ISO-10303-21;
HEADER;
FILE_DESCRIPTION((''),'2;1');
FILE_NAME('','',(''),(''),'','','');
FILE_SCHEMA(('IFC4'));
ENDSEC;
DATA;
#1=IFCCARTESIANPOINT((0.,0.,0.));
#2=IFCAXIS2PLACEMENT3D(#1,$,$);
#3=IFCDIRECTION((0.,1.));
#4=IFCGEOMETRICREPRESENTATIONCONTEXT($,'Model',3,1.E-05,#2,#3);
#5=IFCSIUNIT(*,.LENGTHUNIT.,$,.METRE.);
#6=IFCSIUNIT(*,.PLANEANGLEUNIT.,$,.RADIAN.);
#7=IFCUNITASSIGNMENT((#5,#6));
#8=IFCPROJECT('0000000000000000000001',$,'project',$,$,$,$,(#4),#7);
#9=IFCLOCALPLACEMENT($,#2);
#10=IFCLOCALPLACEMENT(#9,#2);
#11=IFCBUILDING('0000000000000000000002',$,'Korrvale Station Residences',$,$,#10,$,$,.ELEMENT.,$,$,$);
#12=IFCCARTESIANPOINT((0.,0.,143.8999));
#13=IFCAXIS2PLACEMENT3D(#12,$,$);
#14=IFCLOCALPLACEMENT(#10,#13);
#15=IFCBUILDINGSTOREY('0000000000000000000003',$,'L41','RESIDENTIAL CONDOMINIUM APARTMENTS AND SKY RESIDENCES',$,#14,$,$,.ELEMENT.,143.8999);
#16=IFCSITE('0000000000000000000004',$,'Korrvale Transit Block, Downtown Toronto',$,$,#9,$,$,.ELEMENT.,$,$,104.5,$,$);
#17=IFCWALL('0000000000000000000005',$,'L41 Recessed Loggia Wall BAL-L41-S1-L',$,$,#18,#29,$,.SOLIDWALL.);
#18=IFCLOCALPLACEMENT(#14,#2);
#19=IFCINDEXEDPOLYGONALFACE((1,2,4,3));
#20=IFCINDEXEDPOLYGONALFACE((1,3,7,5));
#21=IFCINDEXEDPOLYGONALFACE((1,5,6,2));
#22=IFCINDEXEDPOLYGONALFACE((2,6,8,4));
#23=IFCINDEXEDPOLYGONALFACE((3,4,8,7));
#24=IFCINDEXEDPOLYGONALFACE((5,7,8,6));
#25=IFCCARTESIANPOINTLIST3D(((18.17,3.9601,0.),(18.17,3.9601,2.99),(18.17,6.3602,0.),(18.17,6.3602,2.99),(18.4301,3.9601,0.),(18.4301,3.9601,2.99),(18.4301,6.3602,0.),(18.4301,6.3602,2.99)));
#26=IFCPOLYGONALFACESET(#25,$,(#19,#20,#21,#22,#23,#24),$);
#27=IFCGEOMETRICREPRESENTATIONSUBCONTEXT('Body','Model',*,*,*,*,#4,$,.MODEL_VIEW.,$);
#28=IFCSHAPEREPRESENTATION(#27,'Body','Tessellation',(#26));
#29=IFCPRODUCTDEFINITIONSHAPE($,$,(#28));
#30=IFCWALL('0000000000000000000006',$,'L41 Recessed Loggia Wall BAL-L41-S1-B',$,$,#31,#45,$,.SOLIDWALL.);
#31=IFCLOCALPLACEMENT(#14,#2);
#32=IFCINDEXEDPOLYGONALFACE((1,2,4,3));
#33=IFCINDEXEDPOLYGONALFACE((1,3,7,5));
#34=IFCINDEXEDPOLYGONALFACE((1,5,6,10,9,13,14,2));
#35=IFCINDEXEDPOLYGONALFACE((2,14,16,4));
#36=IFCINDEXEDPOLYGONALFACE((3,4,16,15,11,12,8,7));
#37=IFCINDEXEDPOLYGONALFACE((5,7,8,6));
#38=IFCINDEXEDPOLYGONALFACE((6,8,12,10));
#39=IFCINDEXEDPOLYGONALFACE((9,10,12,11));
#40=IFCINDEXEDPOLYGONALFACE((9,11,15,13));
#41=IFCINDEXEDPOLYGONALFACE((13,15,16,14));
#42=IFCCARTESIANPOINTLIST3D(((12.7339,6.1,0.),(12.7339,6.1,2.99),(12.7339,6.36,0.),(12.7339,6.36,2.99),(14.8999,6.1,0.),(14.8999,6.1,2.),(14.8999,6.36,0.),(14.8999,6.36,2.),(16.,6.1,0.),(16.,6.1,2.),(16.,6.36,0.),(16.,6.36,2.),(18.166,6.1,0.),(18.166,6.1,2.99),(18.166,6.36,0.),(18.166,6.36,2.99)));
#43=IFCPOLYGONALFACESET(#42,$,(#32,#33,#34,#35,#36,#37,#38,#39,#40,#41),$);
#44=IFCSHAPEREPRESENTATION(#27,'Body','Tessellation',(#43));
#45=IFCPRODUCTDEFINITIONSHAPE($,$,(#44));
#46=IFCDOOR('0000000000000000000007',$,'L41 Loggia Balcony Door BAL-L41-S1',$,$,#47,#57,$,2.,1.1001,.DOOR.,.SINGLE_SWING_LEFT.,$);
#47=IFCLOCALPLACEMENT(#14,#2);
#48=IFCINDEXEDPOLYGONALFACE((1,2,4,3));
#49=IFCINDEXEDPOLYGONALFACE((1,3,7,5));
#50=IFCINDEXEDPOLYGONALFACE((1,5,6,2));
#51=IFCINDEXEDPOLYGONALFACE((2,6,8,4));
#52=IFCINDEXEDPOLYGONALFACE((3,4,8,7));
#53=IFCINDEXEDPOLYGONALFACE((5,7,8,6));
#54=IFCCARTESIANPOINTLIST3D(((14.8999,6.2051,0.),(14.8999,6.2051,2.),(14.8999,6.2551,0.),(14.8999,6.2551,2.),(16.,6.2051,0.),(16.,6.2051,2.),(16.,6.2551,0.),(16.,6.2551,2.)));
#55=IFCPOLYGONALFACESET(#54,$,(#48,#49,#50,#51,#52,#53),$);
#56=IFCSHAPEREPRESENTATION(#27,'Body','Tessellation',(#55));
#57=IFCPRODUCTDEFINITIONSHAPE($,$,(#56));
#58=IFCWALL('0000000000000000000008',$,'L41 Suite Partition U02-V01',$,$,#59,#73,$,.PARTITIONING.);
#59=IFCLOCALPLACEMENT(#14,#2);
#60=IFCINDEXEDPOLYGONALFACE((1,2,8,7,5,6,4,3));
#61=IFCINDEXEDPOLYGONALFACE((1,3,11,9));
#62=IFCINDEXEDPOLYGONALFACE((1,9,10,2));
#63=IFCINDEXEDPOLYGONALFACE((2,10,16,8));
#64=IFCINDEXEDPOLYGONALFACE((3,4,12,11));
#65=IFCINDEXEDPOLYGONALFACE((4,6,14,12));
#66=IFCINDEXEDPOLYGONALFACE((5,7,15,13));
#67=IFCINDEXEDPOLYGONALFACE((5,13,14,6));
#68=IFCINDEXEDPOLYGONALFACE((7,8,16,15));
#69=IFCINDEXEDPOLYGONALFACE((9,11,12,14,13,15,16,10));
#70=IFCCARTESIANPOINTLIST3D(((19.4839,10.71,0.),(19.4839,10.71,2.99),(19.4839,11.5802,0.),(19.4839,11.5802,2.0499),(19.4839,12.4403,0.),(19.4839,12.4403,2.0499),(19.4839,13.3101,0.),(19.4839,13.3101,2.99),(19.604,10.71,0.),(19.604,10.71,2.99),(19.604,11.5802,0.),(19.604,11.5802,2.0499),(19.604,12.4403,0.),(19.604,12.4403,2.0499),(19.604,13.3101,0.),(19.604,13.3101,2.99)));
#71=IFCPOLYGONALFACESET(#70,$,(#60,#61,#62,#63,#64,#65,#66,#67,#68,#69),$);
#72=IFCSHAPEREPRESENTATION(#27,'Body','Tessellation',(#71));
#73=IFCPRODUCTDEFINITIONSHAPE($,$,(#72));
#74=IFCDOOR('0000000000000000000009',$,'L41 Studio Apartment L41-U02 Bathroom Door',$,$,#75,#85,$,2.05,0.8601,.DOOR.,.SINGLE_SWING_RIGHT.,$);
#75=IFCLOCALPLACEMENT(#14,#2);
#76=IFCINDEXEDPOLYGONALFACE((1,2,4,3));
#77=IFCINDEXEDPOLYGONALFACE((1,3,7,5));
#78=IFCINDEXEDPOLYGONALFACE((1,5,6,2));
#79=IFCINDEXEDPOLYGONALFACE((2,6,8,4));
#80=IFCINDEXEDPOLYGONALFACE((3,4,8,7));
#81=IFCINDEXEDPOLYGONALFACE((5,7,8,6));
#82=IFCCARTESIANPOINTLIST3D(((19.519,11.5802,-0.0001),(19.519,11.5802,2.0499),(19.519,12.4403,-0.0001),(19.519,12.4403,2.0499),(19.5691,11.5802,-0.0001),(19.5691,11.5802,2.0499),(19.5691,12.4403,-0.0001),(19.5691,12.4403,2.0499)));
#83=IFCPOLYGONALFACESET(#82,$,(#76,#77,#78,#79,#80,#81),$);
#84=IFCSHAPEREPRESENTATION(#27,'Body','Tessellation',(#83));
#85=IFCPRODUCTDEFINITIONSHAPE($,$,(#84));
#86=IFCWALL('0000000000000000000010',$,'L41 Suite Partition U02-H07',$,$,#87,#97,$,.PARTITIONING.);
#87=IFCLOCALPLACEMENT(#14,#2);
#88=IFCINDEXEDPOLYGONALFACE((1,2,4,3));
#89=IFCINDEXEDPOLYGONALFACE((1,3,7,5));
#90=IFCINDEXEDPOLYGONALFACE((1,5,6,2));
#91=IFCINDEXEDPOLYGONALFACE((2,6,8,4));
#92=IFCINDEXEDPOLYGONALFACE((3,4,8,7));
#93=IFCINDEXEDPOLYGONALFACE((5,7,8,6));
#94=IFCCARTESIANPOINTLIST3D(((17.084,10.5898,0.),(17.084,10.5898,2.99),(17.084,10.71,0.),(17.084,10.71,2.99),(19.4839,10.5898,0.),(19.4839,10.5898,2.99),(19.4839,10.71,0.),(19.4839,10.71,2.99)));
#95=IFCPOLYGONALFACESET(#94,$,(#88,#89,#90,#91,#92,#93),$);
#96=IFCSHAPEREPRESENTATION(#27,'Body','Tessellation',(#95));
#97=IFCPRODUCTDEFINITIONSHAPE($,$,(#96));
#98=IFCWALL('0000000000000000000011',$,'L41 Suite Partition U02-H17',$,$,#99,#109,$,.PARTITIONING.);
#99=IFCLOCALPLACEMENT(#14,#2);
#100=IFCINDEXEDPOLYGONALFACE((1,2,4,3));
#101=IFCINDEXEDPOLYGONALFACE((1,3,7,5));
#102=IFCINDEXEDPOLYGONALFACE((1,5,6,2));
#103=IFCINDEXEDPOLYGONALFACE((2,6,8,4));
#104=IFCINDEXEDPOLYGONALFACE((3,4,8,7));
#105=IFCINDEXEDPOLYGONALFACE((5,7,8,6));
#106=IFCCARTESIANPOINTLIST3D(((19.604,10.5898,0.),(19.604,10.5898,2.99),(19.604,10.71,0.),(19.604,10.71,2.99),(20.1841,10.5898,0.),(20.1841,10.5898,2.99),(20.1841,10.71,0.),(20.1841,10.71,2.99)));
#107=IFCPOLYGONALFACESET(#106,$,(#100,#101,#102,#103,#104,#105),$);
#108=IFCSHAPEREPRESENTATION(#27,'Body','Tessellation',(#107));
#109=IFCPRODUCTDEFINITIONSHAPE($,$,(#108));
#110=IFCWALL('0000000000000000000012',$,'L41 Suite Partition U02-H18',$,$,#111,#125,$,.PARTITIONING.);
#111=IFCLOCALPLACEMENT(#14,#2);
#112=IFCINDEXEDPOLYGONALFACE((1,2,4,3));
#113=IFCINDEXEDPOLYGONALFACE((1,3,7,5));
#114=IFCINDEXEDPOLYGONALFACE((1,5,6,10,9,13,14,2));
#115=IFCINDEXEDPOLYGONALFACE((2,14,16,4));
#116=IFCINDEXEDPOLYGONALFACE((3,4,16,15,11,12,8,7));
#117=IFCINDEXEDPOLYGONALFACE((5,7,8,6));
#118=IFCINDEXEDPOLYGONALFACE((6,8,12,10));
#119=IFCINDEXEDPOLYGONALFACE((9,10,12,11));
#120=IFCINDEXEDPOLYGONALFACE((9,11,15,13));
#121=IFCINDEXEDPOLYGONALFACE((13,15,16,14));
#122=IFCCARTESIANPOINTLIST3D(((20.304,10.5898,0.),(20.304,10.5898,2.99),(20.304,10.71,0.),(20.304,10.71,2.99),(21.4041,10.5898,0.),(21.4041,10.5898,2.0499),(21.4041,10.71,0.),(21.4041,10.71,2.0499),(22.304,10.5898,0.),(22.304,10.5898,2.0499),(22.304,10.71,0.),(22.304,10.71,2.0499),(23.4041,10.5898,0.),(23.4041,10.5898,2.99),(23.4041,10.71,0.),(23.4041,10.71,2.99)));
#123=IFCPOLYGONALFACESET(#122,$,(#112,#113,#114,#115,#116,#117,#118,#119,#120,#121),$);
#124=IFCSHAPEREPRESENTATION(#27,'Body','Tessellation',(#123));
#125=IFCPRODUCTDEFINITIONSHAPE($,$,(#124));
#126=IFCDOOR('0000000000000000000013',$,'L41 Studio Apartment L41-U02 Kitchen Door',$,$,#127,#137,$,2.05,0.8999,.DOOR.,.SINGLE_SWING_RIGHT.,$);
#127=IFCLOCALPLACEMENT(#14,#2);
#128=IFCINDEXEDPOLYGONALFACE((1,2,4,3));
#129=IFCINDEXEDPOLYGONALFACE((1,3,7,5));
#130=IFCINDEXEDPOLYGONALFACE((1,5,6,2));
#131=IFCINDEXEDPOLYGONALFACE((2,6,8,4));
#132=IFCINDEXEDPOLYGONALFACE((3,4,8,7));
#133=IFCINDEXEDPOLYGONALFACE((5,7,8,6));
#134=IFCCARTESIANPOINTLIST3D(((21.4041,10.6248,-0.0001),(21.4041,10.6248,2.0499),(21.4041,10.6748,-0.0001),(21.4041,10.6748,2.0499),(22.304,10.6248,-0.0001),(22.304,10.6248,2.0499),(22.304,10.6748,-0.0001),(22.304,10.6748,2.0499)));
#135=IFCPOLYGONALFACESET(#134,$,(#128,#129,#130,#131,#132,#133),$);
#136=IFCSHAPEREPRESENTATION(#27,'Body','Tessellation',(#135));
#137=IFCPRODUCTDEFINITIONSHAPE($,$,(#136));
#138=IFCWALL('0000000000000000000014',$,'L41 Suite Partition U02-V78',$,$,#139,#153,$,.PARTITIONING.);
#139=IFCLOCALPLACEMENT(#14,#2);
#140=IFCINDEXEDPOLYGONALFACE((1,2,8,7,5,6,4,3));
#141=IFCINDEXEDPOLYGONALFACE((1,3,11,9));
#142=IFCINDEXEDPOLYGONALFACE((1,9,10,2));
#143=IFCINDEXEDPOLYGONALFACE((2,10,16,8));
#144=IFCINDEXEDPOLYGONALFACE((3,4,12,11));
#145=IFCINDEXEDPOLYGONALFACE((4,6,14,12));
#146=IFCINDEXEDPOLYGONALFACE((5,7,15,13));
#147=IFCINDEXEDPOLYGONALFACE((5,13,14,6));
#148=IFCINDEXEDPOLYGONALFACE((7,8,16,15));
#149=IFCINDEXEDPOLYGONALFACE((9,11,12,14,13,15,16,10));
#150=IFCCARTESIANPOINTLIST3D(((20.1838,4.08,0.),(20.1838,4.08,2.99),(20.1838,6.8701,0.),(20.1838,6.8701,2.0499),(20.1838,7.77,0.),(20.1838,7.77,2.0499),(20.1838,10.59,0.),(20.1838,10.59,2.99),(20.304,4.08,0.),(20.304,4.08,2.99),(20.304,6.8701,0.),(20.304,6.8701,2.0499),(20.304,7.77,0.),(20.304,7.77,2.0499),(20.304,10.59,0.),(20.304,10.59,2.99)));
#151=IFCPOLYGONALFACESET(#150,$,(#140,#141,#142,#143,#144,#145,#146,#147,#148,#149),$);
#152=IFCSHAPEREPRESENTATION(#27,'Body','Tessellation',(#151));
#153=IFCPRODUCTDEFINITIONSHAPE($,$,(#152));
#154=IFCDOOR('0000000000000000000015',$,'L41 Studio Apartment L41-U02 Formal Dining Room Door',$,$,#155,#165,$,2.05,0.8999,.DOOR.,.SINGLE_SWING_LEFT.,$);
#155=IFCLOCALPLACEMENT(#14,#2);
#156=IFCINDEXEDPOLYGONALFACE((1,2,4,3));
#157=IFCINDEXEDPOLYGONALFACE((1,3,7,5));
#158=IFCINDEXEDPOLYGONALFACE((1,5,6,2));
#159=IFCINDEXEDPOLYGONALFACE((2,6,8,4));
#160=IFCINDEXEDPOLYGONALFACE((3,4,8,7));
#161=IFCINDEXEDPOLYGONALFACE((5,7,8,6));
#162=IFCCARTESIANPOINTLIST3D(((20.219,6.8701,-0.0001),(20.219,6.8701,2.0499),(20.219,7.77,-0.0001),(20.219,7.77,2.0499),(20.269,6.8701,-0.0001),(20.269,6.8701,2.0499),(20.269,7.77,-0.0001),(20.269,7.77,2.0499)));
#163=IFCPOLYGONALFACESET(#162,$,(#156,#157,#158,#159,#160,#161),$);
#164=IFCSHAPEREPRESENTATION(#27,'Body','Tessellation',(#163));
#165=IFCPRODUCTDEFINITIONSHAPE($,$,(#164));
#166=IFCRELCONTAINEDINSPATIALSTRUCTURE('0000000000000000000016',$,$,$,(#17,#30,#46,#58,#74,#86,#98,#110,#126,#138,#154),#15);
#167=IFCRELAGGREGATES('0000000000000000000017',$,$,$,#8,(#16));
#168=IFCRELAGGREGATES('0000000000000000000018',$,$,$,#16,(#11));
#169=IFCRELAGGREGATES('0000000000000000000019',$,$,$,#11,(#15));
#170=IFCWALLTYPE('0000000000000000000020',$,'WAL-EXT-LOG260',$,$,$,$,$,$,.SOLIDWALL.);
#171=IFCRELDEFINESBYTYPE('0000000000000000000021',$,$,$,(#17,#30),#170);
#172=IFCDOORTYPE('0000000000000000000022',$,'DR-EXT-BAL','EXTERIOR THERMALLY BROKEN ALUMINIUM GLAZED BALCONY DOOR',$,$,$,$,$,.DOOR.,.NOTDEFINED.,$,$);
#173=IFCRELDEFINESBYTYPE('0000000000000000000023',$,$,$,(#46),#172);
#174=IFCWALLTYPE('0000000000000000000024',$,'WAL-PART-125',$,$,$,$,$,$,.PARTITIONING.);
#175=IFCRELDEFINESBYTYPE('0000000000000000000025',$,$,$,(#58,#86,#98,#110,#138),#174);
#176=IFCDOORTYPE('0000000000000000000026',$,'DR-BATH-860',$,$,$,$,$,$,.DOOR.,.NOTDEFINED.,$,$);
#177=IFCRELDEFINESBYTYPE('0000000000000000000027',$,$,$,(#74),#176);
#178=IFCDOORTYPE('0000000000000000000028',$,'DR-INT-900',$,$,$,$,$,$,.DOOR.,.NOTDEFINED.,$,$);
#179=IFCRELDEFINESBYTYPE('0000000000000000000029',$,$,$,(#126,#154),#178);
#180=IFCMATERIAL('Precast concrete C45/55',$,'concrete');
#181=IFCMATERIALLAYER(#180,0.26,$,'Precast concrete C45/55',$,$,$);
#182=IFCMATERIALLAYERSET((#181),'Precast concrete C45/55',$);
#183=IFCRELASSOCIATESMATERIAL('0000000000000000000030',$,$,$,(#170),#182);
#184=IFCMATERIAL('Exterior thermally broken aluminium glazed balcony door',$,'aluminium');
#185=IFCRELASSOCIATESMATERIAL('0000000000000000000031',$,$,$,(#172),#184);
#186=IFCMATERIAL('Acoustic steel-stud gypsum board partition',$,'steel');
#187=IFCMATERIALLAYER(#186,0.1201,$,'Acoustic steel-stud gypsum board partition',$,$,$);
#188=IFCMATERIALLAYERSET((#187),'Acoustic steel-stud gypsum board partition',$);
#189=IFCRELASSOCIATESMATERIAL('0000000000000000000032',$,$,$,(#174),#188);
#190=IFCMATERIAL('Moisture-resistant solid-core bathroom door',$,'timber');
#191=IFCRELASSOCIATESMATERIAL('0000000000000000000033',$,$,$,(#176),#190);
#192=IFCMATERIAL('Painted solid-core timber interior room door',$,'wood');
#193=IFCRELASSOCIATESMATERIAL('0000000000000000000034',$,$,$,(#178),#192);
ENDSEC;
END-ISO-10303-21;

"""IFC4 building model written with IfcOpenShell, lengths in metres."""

from ifc_helpers import new_model, si_unit, direction, frame, frame_2d, origin, place, context, subcontext, project, spatial, rectangle, extrude, material, layer, layer_set, type_object, element, fill, save


model = new_model("IFC4")

# Units and contexts
model_context = context("Model", 3, precision=1e-05, world=origin(), true_north=direction((0.0, 1.0)))
body_context = subcontext(model_context, "Body", "Model", "MODEL_VIEW")
ifc_project = project(units=[si_unit("LENGTHUNIT", "METRE"), si_unit("PLANEANGLEUNIT", "RADIAN")], contexts=[model_context])

# Site, building, storey
site_placement = place(None, origin())
site = spatial("IfcSite", under=ifc_project, at=site_placement, Name="Korrvale Transit Block, Downtown Toronto", CompositionType="ELEMENT", RefElevation=104.5)
building_placement = place(site_placement, origin())
building = spatial("IfcBuilding", under=site, at=building_placement, Name="Korrvale Station Residences", CompositionType="ELEMENT")
storey_placement = place(building_placement, frame((0.0, 0.0, 143.8999)))
storey = spatial("IfcBuildingStorey", under=building, at=storey_placement, Name="L41", Description="RESIDENTIAL CONDOMINIUM APARTMENTS AND SKY RESIDENCES", CompositionType="ELEMENT", Elevation=143.8999)

# Wall
ifc_material_1 = material(Name="Precast concrete C45/55", Category="concrete")
ifc_layer_1 = layer(ifc_material_1, 0.26, Name="Precast concrete C45/55")
ifc_layer_set_1 = layer_set([ifc_layer_1], Name="Precast concrete C45/55")
wall_type_1 = type_object("IfcWallType", Name="WAL-EXT-LOG260", PredefinedType="SOLIDWALL", material=ifc_layer_set_1)
wall_1_placement = place(storey_placement, frame((18.3, 3.96, 0.0), z_axis=(0.0, 0.0, 1.0), x_axis=(0.0, 1.0, 0.0)))
element("IfcWall", 1, at=wall_1_placement, inside=storey, type_object=wall_type_1, Name="L41 Recessed Loggia Wall BAL-L41-S1-L", PredefinedType="SOLIDWALL", context=body_context, shape_type="SweptSolid", body=[
    extrude(rectangle(XDim=2.4001, YDim=0.26, at=frame_2d((1.2002, 0.0))), origin(), (0.0, 0.0, 1.0), 2.99),
])

# Walls, openings, doors
wall_2_placement = place(storey_placement, frame((18.166, 6.23, 0.0), z_axis=(0.0, 0.0, 1.0), x_axis=(-1.0, 0.0, 0.0)))
wall_2 = element("IfcWall", 2, at=wall_2_placement, inside=storey, type_object=wall_type_1, Name="L41 Recessed Loggia Wall BAL-L41-S1-B", PredefinedType="SOLIDWALL", context=body_context, shape_type="SweptSolid", body=[
    extrude(rectangle(XDim=5.4321, YDim=0.26, at=frame_2d((2.7161, 0.0))), origin(), (0.0, 0.0, 1.0), 2.99),
])
opening_1_placement = place(wall_2_placement, frame((2.166, 0.0, 0.0)))
opening_1 = element("IfcOpeningElement", 3, at=opening_1_placement, cuts=wall_2, PredefinedType="OPENING", context=body_context, shape_type="SweptSolid", body=[
    extrude(rectangle(XDim=1.1001, YDim=2.0, at=frame_2d((0.55, 1.0))), frame((0.0, 0.1401, 0.0), z_axis=(0.0, -1.0, 0.0), x_axis=(1.0, 0.0, 0.0)), (0.0, 0.0, 1.0), 0.28),
])
ifc_material_2 = material(Name="Exterior thermally broken aluminium glazed balcony door", Category="aluminium")
door_type_1 = type_object("IfcDoorType", Name="DR-EXT-BAL", Description="EXTERIOR THERMALLY BROKEN ALUMINIUM GLAZED BALCONY DOOR", OperationType="NOTDEFINED", PredefinedType="DOOR", material=ifc_material_2)
door_1_placement = place(opening_1_placement, origin())
door_1 = element("IfcDoor", 4, at=door_1_placement, inside=storey, type_object=door_type_1, Name="L41 Loggia Balcony Door BAL-L41-S1", OperationType="SINGLE_SWING_LEFT", OverallHeight=2.0, OverallWidth=1.1001, PredefinedType="DOOR", context=body_context, shape_type="SweptSolid", body=[
    extrude(rectangle(XDim=1.1001, YDim=2.0, at=frame_2d((0.55, 1.0))), frame((0.0, 0.0249, 0.0), z_axis=(0.0, -1.0, 0.0), x_axis=(1.0, 0.0, 0.0)), (0.0, 0.0, 1.0), 0.05),
])
fill(opening_1, door_1)
ifc_material_3 = material(Name="Acoustic steel-stud gypsum board partition", Category="steel")
ifc_layer_2 = layer(ifc_material_3, 0.1201, Name="Acoustic steel-stud gypsum board partition")
ifc_layer_set_2 = layer_set([ifc_layer_2], Name="Acoustic steel-stud gypsum board partition")
wall_type_2 = type_object("IfcWallType", Name="WAL-PART-125", PredefinedType="PARTITIONING", material=ifc_layer_set_2)
wall_3_placement = place(storey_placement, frame((19.5439, 10.71, 0.0), z_axis=(0.0, 0.0, 1.0), x_axis=(0.0, 1.0, 0.0)))
wall_3 = element("IfcWall", 5, at=wall_3_placement, inside=storey, type_object=wall_type_2, Name="L41 Suite Partition U02-V01", PredefinedType="PARTITIONING", context=body_context, shape_type="SweptSolid", body=[
    extrude(rectangle(XDim=2.6001, YDim=0.1201, at=frame_2d((1.3, 0.0))), origin(), (0.0, 0.0, 1.0), 2.99),
])
opening_2_placement = place(wall_3_placement, frame((0.8701, 0.0, 0.0)))
opening_2 = element("IfcOpeningElement", 6, at=opening_2_placement, cuts=wall_3, PredefinedType="OPENING", context=body_context, shape_type="SweptSolid", body=[
    extrude(rectangle(XDim=0.8601, YDim=2.05, at=frame_2d((0.4302, 1.0249))), frame((0.0, 0.0701, 0.0), z_axis=(0.0, -1.0, 0.0), x_axis=(1.0, 0.0, 0.0)), (0.0, 0.0, 1.0), 0.1401),
])
ifc_material_4 = material(Name="Moisture-resistant solid-core bathroom door", Category="timber")
door_type_2 = type_object("IfcDoorType", Name="DR-BATH-860", OperationType="NOTDEFINED", PredefinedType="DOOR", material=ifc_material_4)
door_2_placement = place(opening_2_placement, origin())
door_2 = element("IfcDoor", 7, at=door_2_placement, inside=storey, type_object=door_type_2, Name="L41 Studio Apartment L41-U02 Bathroom Door", OperationType="SINGLE_SWING_RIGHT", OverallHeight=2.05, OverallWidth=0.8601, PredefinedType="DOOR", context=body_context, shape_type="SweptSolid", body=[
    extrude(rectangle(XDim=0.8601, YDim=2.05, at=frame_2d((0.4302, 1.0249))), frame((0.0, 0.0249, 0.0), z_axis=(0.0, -1.0, 0.0), x_axis=(1.0, 0.0, 0.0)), (0.0, 0.0, 1.0), 0.05),
])
fill(opening_2, door_2)

# Walls
wall_4_placement = place(storey_placement, frame((17.084, 10.6499, 0.0), z_axis=(0.0, 0.0, 1.0), x_axis=(1.0, 0.0, 0.0)))
element("IfcWall", 8, at=wall_4_placement, inside=storey, type_object=wall_type_2, Name="L41 Suite Partition U02-H07", PredefinedType="PARTITIONING", context=body_context, shape_type="SweptSolid", body=[
    extrude(rectangle(XDim=2.3999, YDim=0.1201, at=frame_2d((1.2, 0.0))), origin(), (0.0, 0.0, 1.0), 2.99),
])
wall_5_placement = place(storey_placement, frame((19.604, 10.6499, 0.0), z_axis=(0.0, 0.0, 1.0), x_axis=(1.0, 0.0, 0.0)))
element("IfcWall", 9, at=wall_5_placement, inside=storey, type_object=wall_type_2, Name="L41 Suite Partition U02-H17", PredefinedType="PARTITIONING", context=body_context, shape_type="SweptSolid", body=[
    extrude(rectangle(XDim=0.5801, YDim=0.1201, at=frame_2d((0.29, 0.0))), origin(), (0.0, 0.0, 1.0), 2.99),
])

# Walls, openings, doors
wall_6_placement = place(storey_placement, frame((20.304, 10.6499, 0.0), z_axis=(0.0, 0.0, 1.0), x_axis=(1.0, 0.0, 0.0)))
wall_6 = element("IfcWall", 10, at=wall_6_placement, inside=storey, type_object=wall_type_2, Name="L41 Suite Partition U02-H18", PredefinedType="PARTITIONING", context=body_context, shape_type="SweptSolid", body=[
    extrude(rectangle(XDim=3.1001, YDim=0.1201, at=frame_2d((1.55, 0.0))), origin(), (0.0, 0.0, 1.0), 2.99),
])
opening_3_placement = place(wall_6_placement, frame((1.1001, 0.0, 0.0)))
opening_3 = element("IfcOpeningElement", 11, at=opening_3_placement, cuts=wall_6, PredefinedType="OPENING", context=body_context, shape_type="SweptSolid", body=[
    extrude(rectangle(XDim=0.8999, YDim=2.05, at=frame_2d((0.45, 1.0249))), frame((0.0, 0.0701, 0.0), z_axis=(0.0, -1.0, 0.0), x_axis=(1.0, 0.0, 0.0)), (0.0, 0.0, 1.0), 0.1401),
])
ifc_material_5 = material(Name="Painted solid-core timber interior room door", Category="wood")
door_type_3 = type_object("IfcDoorType", Name="DR-INT-900", OperationType="NOTDEFINED", PredefinedType="DOOR", material=ifc_material_5)
door_3_placement = place(opening_3_placement, origin())
door_3 = element("IfcDoor", 12, at=door_3_placement, inside=storey, type_object=door_type_3, Name="L41 Studio Apartment L41-U02 Kitchen Door", OperationType="SINGLE_SWING_RIGHT", OverallHeight=2.05, OverallWidth=0.8999, PredefinedType="DOOR", context=body_context, shape_type="SweptSolid", body=[
    extrude(rectangle(XDim=0.8999, YDim=2.05, at=frame_2d((0.45, 1.0249))), frame((0.0, 0.0249, 0.0), z_axis=(0.0, -1.0, 0.0), x_axis=(1.0, 0.0, 0.0)), (0.0, 0.0, 1.0), 0.05),
])
fill(opening_3, door_3)
wall_7_placement = place(storey_placement, frame((20.2439, 4.0801, 0.0), z_axis=(0.0, 0.0, 1.0), x_axis=(0.0, 1.0, 0.0)))
wall_7 = element("IfcWall", 13, at=wall_7_placement, inside=storey, type_object=wall_type_2, Name="L41 Suite Partition U02-V78", PredefinedType="PARTITIONING", context=body_context, shape_type="SweptSolid", body=[
    extrude(rectangle(XDim=6.51, YDim=0.1201, at=frame_2d((3.2549, 0.0))), origin(), (0.0, 0.0, 1.0), 2.99),
])
opening_4_placement = place(wall_7_placement, frame((2.79, 0.0, 0.0)))
opening_4 = element("IfcOpeningElement", 14, at=opening_4_placement, cuts=wall_7, PredefinedType="OPENING", context=body_context, shape_type="SweptSolid", body=[
    extrude(rectangle(XDim=0.8999, YDim=2.05, at=frame_2d((0.45, 1.0249))), frame((0.0, 0.0701, 0.0), z_axis=(0.0, -1.0, 0.0), x_axis=(1.0, 0.0, 0.0)), (0.0, 0.0, 1.0), 0.1401),
])
door_4_placement = place(opening_4_placement, origin())
door_4 = element("IfcDoor", 15, at=door_4_placement, inside=storey, type_object=door_type_3, Name="L41 Studio Apartment L41-U02 Formal Dining Room Door", OperationType="SINGLE_SWING_LEFT", OverallHeight=2.05, OverallWidth=0.8999, PredefinedType="DOOR", context=body_context, shape_type="SweptSolid", body=[
    extrude(rectangle(XDim=0.8999, YDim=2.05, at=frame_2d((0.45, 1.0249))), frame((0.0, 0.0249, 0.0), z_axis=(0.0, -1.0, 0.0), x_axis=(1.0, 0.0, 0.0)), (0.0, 0.0, 1.0), 0.05),
])
fill(opening_4, door_4)

save(model, "model.ifc")
